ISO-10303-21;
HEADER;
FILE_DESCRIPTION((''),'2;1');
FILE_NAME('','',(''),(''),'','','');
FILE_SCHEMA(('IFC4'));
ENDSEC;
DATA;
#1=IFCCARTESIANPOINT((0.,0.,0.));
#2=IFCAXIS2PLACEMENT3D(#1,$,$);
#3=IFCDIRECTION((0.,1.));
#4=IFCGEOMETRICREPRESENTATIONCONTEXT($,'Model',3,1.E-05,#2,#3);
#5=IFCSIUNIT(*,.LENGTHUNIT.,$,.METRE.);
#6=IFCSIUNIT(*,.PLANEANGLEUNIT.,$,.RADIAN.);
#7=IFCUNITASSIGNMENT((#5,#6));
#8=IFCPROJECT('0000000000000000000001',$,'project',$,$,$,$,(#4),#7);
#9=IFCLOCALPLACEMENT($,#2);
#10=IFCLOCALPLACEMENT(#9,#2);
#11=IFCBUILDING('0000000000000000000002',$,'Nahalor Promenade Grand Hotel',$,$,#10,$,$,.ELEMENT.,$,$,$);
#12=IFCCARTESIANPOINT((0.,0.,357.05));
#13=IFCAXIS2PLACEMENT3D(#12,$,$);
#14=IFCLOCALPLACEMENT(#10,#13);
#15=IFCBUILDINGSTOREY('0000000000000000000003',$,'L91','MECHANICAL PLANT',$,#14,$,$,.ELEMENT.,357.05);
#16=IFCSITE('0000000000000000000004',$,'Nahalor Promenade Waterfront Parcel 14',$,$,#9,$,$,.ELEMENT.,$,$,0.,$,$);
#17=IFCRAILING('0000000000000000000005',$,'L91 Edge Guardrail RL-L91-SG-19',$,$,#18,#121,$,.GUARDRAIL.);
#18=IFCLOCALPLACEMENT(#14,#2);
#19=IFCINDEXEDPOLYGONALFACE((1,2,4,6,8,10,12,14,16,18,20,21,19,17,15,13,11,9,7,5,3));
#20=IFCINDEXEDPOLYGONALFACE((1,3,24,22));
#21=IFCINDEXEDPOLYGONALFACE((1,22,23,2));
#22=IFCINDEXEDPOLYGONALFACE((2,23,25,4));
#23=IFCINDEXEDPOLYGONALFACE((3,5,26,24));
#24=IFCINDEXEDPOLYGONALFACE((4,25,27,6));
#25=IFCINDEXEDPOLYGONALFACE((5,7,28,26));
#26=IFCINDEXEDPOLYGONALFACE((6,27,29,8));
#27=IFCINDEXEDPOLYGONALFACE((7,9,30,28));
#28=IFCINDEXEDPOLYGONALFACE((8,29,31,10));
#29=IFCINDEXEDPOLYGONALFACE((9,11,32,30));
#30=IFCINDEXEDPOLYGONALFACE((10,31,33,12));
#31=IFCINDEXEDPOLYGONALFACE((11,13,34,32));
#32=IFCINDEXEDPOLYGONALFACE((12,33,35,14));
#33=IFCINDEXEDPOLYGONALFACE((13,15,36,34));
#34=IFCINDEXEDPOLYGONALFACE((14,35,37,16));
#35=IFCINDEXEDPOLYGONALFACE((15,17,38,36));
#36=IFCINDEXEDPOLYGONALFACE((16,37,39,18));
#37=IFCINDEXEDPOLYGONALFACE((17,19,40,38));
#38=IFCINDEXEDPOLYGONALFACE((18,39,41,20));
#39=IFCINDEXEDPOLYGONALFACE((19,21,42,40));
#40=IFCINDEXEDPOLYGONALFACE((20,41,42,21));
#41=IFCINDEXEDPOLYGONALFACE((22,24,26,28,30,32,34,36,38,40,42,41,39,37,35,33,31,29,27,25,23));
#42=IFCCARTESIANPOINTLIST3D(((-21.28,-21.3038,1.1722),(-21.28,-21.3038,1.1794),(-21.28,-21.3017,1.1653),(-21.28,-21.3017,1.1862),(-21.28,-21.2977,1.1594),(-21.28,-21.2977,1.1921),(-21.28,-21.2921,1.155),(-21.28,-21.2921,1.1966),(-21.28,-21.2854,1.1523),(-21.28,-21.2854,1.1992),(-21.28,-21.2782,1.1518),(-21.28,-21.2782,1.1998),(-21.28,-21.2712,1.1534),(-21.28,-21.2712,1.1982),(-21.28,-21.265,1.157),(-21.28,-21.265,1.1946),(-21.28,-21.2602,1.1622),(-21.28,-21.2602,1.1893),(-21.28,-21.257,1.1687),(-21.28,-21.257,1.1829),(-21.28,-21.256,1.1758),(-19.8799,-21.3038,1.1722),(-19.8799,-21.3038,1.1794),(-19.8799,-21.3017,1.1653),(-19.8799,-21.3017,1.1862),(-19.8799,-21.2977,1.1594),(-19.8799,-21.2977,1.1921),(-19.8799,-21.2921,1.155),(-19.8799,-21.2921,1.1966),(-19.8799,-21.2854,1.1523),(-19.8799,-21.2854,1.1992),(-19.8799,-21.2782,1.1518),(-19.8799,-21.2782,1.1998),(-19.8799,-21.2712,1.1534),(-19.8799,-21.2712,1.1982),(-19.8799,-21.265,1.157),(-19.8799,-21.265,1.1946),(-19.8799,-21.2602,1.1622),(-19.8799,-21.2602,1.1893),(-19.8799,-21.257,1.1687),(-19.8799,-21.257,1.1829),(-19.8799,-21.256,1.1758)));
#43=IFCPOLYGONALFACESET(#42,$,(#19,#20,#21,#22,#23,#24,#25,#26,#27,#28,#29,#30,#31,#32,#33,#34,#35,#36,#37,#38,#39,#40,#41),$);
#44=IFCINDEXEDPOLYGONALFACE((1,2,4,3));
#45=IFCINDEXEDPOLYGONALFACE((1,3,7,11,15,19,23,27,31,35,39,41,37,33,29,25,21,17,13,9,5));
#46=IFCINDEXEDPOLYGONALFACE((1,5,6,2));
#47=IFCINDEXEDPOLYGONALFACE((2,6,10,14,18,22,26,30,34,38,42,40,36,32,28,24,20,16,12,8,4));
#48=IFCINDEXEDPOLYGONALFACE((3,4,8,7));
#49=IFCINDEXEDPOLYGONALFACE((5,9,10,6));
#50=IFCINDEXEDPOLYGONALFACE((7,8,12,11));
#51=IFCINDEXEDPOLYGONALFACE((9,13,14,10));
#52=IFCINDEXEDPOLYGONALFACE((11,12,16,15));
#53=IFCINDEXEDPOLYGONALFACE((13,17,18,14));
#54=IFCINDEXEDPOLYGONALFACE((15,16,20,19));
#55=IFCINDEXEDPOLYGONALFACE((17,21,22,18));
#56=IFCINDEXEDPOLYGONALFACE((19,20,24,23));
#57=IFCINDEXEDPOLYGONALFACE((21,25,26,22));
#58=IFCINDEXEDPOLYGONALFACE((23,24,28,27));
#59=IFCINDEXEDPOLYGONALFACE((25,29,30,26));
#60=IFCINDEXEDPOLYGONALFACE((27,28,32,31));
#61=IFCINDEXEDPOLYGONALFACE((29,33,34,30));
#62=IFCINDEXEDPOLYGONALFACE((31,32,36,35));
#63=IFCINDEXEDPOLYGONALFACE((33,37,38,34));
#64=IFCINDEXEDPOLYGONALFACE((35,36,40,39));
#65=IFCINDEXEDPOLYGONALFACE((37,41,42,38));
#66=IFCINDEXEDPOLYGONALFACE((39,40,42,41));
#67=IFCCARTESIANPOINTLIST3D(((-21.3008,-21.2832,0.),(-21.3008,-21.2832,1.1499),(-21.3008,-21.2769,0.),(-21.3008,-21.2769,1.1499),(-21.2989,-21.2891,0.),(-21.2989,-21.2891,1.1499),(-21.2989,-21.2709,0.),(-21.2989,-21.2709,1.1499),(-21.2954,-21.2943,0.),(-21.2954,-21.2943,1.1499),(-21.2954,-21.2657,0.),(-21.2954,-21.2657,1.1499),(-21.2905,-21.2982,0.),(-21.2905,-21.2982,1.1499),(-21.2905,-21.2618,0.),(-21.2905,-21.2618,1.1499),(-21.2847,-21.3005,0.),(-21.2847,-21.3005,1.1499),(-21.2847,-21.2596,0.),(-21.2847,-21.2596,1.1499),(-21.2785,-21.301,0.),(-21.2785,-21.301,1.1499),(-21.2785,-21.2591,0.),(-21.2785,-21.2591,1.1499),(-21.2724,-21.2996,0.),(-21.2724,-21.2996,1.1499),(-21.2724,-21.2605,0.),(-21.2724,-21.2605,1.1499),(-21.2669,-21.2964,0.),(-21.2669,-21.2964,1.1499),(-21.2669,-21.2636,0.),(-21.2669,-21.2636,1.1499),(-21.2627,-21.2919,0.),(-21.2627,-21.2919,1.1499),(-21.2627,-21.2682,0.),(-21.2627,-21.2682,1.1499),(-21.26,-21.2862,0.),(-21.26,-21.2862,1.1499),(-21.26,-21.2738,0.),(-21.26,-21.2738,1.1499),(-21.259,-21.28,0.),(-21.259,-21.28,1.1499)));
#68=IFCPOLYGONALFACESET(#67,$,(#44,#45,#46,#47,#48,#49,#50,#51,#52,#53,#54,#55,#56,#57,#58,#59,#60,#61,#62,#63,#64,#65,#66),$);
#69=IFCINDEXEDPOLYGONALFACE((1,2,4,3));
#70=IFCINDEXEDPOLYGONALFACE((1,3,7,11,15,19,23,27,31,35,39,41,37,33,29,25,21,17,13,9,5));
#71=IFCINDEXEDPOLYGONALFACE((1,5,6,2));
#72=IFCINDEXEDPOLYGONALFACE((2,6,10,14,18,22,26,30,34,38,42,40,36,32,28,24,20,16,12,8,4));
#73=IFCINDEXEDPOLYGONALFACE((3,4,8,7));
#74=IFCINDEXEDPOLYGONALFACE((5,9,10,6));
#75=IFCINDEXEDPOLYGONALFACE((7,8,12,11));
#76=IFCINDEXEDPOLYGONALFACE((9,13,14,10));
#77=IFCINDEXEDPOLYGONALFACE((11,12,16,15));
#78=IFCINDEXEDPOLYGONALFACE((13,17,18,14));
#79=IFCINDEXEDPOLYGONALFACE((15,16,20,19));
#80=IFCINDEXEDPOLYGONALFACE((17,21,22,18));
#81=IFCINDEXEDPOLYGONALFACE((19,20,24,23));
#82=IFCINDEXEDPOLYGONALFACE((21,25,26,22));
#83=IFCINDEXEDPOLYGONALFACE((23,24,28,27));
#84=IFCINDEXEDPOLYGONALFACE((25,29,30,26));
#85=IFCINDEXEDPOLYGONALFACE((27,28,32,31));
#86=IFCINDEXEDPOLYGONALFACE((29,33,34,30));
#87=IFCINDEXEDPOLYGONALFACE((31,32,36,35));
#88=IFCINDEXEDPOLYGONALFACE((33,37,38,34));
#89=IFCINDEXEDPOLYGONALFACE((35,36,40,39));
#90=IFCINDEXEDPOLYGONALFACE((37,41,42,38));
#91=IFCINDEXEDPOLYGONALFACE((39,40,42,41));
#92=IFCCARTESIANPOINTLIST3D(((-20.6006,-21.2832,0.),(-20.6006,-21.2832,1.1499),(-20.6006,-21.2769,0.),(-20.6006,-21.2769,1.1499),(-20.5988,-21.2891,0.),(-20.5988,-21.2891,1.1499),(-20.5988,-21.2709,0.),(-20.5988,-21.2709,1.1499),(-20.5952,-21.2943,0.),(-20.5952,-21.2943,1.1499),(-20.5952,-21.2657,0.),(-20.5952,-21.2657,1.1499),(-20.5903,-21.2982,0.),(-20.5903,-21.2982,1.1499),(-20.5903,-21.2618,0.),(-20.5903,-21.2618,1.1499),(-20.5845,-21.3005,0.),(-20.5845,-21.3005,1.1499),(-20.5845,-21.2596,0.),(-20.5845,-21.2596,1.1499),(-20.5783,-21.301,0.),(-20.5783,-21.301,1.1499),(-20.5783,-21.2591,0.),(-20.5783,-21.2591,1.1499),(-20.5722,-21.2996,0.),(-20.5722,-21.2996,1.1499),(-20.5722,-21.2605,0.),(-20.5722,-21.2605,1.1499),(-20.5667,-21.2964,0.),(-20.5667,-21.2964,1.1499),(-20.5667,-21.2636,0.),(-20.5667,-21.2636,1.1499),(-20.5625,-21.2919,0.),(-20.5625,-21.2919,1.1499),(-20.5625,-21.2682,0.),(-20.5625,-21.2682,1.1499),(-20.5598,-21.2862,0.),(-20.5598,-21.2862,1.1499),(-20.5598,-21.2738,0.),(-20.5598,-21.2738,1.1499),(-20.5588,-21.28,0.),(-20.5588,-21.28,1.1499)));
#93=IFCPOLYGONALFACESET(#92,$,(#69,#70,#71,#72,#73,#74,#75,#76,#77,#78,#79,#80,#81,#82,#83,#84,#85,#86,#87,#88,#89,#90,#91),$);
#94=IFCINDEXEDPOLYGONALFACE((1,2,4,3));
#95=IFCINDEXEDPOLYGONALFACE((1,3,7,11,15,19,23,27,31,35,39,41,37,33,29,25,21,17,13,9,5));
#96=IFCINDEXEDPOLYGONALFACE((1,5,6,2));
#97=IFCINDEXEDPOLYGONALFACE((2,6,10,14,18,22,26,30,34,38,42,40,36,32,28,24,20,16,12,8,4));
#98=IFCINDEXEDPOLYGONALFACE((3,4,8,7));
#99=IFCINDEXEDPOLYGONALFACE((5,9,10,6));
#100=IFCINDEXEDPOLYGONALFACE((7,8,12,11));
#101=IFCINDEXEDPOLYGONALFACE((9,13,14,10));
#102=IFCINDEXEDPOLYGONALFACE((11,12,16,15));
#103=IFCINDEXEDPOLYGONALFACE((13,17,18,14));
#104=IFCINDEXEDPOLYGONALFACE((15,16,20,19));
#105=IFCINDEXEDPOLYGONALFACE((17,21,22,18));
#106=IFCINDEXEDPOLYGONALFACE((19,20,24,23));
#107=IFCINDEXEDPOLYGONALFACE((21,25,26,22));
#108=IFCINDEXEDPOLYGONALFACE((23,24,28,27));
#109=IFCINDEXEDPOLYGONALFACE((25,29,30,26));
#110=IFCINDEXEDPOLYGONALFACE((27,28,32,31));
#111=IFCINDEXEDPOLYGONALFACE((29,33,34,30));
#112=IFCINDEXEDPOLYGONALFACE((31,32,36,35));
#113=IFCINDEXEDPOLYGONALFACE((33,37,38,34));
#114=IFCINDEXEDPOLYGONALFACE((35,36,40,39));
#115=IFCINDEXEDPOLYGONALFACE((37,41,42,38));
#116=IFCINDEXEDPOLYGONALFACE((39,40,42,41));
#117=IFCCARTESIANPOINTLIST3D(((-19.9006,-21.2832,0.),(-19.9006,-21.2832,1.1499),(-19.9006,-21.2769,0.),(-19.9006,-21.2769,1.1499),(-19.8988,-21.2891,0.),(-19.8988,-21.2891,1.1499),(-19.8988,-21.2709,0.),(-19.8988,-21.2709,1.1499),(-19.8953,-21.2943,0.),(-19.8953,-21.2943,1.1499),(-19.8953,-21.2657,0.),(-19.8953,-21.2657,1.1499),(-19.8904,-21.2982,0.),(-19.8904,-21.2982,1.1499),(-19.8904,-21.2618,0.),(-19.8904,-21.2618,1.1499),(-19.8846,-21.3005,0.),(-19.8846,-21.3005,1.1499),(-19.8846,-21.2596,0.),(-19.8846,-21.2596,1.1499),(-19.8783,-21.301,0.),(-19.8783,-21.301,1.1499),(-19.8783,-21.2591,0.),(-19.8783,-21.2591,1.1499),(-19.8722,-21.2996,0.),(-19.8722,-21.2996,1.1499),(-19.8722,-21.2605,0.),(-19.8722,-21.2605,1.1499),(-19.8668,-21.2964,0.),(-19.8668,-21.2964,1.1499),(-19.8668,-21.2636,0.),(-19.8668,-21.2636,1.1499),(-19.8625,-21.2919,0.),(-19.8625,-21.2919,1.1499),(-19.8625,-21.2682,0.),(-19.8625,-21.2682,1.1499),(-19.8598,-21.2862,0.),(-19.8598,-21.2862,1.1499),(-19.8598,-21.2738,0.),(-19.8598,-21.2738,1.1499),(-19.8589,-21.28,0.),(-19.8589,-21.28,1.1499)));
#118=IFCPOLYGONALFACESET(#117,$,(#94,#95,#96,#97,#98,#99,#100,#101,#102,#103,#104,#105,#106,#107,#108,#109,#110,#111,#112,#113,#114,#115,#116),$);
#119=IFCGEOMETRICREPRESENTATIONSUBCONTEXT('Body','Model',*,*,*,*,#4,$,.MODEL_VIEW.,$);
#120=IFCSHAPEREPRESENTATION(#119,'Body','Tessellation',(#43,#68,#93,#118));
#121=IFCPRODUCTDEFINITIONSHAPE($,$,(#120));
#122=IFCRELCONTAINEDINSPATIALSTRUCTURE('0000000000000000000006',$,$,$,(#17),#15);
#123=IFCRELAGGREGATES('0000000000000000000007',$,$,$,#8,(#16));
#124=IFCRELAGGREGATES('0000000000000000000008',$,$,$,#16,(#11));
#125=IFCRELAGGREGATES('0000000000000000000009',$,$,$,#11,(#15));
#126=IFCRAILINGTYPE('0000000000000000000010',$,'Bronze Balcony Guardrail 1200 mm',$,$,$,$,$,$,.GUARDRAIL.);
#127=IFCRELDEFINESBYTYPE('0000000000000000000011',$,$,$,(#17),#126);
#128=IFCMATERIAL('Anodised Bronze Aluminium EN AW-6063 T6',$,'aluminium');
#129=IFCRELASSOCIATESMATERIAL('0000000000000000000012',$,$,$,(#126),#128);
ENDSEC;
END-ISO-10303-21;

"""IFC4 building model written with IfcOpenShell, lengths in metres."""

from ifc_helpers import new_model, si_unit, direction, frame, origin, origin_2d, place, context, subcontext, project, spatial, circle, extrude, material, type_object, element, save


model = new_model("IFC4")

# Units and contexts
model_context = context("Model", 3, precision=1e-05, world=origin(), true_north=direction((0.0, 1.0)))
body_context = subcontext(model_context, "Body", "Model", "MODEL_VIEW")
ifc_project = project(units=[si_unit("LENGTHUNIT", "METRE"), si_unit("PLANEANGLEUNIT", "RADIAN")], contexts=[model_context])

# Site, building, storey
site_placement = place(None, origin())
site = spatial("IfcSite", under=ifc_project, at=site_placement, Name="Nahalor Promenade Waterfront Parcel 14", CompositionType="ELEMENT", RefElevation=0.0)
building_placement = place(site_placement, origin())
building = spatial("IfcBuilding", under=site, at=building_placement, Name="Nahalor Promenade Grand Hotel", CompositionType="ELEMENT")
storey_placement = place(building_placement, frame((0.0, 0.0, 357.05)))
storey = spatial("IfcBuildingStorey", under=building, at=storey_placement, Name="L91", Description="MECHANICAL PLANT", CompositionType="ELEMENT", Elevation=357.05)

# Shared definitions
ifc_material_1 = material(Name="Anodised Bronze Aluminium EN AW-6063 T6", Category="aluminium")

# Railing
railing_type = type_object("IfcRailingType", Name="Bronze Balcony Guardrail 1200 mm", PredefinedType="GUARDRAIL", material=ifc_material_1)
railing_1_placement = place(storey_placement, frame((-21.28, -21.28, 0.0)))
element("IfcRailing", 1, at=railing_1_placement, inside=storey, type_object=railing_type, Name="L91 Edge Guardrail RL-L91-SG-19", PredefinedType="GUARDRAIL", context=body_context, shape_type="SweptSolid", body=[
    extrude(circle(Radius=0.024, at=origin_2d()), frame((0.0, 0.0, 1.1758), z_axis=(1.0, 0.0, 0.0), x_axis=(0.0, 1.0, 0.0)), (0.0, 0.0, 1.0), 1.4001),
    extrude(circle(Radius=0.021, at=origin_2d()), origin(), (0.0, 0.0, 1.0), 1.1499),
    extrude(circle(Radius=0.021, at=origin_2d()), frame((0.7002, 0.0, 0.0)), (0.0, 0.0, 1.0), 1.1499),
    extrude(circle(Radius=0.021, at=origin_2d()), frame((1.4001, 0.0, 0.0)), (0.0, 0.0, 1.0), 1.1499),
])

save(model, "model.ifc")
